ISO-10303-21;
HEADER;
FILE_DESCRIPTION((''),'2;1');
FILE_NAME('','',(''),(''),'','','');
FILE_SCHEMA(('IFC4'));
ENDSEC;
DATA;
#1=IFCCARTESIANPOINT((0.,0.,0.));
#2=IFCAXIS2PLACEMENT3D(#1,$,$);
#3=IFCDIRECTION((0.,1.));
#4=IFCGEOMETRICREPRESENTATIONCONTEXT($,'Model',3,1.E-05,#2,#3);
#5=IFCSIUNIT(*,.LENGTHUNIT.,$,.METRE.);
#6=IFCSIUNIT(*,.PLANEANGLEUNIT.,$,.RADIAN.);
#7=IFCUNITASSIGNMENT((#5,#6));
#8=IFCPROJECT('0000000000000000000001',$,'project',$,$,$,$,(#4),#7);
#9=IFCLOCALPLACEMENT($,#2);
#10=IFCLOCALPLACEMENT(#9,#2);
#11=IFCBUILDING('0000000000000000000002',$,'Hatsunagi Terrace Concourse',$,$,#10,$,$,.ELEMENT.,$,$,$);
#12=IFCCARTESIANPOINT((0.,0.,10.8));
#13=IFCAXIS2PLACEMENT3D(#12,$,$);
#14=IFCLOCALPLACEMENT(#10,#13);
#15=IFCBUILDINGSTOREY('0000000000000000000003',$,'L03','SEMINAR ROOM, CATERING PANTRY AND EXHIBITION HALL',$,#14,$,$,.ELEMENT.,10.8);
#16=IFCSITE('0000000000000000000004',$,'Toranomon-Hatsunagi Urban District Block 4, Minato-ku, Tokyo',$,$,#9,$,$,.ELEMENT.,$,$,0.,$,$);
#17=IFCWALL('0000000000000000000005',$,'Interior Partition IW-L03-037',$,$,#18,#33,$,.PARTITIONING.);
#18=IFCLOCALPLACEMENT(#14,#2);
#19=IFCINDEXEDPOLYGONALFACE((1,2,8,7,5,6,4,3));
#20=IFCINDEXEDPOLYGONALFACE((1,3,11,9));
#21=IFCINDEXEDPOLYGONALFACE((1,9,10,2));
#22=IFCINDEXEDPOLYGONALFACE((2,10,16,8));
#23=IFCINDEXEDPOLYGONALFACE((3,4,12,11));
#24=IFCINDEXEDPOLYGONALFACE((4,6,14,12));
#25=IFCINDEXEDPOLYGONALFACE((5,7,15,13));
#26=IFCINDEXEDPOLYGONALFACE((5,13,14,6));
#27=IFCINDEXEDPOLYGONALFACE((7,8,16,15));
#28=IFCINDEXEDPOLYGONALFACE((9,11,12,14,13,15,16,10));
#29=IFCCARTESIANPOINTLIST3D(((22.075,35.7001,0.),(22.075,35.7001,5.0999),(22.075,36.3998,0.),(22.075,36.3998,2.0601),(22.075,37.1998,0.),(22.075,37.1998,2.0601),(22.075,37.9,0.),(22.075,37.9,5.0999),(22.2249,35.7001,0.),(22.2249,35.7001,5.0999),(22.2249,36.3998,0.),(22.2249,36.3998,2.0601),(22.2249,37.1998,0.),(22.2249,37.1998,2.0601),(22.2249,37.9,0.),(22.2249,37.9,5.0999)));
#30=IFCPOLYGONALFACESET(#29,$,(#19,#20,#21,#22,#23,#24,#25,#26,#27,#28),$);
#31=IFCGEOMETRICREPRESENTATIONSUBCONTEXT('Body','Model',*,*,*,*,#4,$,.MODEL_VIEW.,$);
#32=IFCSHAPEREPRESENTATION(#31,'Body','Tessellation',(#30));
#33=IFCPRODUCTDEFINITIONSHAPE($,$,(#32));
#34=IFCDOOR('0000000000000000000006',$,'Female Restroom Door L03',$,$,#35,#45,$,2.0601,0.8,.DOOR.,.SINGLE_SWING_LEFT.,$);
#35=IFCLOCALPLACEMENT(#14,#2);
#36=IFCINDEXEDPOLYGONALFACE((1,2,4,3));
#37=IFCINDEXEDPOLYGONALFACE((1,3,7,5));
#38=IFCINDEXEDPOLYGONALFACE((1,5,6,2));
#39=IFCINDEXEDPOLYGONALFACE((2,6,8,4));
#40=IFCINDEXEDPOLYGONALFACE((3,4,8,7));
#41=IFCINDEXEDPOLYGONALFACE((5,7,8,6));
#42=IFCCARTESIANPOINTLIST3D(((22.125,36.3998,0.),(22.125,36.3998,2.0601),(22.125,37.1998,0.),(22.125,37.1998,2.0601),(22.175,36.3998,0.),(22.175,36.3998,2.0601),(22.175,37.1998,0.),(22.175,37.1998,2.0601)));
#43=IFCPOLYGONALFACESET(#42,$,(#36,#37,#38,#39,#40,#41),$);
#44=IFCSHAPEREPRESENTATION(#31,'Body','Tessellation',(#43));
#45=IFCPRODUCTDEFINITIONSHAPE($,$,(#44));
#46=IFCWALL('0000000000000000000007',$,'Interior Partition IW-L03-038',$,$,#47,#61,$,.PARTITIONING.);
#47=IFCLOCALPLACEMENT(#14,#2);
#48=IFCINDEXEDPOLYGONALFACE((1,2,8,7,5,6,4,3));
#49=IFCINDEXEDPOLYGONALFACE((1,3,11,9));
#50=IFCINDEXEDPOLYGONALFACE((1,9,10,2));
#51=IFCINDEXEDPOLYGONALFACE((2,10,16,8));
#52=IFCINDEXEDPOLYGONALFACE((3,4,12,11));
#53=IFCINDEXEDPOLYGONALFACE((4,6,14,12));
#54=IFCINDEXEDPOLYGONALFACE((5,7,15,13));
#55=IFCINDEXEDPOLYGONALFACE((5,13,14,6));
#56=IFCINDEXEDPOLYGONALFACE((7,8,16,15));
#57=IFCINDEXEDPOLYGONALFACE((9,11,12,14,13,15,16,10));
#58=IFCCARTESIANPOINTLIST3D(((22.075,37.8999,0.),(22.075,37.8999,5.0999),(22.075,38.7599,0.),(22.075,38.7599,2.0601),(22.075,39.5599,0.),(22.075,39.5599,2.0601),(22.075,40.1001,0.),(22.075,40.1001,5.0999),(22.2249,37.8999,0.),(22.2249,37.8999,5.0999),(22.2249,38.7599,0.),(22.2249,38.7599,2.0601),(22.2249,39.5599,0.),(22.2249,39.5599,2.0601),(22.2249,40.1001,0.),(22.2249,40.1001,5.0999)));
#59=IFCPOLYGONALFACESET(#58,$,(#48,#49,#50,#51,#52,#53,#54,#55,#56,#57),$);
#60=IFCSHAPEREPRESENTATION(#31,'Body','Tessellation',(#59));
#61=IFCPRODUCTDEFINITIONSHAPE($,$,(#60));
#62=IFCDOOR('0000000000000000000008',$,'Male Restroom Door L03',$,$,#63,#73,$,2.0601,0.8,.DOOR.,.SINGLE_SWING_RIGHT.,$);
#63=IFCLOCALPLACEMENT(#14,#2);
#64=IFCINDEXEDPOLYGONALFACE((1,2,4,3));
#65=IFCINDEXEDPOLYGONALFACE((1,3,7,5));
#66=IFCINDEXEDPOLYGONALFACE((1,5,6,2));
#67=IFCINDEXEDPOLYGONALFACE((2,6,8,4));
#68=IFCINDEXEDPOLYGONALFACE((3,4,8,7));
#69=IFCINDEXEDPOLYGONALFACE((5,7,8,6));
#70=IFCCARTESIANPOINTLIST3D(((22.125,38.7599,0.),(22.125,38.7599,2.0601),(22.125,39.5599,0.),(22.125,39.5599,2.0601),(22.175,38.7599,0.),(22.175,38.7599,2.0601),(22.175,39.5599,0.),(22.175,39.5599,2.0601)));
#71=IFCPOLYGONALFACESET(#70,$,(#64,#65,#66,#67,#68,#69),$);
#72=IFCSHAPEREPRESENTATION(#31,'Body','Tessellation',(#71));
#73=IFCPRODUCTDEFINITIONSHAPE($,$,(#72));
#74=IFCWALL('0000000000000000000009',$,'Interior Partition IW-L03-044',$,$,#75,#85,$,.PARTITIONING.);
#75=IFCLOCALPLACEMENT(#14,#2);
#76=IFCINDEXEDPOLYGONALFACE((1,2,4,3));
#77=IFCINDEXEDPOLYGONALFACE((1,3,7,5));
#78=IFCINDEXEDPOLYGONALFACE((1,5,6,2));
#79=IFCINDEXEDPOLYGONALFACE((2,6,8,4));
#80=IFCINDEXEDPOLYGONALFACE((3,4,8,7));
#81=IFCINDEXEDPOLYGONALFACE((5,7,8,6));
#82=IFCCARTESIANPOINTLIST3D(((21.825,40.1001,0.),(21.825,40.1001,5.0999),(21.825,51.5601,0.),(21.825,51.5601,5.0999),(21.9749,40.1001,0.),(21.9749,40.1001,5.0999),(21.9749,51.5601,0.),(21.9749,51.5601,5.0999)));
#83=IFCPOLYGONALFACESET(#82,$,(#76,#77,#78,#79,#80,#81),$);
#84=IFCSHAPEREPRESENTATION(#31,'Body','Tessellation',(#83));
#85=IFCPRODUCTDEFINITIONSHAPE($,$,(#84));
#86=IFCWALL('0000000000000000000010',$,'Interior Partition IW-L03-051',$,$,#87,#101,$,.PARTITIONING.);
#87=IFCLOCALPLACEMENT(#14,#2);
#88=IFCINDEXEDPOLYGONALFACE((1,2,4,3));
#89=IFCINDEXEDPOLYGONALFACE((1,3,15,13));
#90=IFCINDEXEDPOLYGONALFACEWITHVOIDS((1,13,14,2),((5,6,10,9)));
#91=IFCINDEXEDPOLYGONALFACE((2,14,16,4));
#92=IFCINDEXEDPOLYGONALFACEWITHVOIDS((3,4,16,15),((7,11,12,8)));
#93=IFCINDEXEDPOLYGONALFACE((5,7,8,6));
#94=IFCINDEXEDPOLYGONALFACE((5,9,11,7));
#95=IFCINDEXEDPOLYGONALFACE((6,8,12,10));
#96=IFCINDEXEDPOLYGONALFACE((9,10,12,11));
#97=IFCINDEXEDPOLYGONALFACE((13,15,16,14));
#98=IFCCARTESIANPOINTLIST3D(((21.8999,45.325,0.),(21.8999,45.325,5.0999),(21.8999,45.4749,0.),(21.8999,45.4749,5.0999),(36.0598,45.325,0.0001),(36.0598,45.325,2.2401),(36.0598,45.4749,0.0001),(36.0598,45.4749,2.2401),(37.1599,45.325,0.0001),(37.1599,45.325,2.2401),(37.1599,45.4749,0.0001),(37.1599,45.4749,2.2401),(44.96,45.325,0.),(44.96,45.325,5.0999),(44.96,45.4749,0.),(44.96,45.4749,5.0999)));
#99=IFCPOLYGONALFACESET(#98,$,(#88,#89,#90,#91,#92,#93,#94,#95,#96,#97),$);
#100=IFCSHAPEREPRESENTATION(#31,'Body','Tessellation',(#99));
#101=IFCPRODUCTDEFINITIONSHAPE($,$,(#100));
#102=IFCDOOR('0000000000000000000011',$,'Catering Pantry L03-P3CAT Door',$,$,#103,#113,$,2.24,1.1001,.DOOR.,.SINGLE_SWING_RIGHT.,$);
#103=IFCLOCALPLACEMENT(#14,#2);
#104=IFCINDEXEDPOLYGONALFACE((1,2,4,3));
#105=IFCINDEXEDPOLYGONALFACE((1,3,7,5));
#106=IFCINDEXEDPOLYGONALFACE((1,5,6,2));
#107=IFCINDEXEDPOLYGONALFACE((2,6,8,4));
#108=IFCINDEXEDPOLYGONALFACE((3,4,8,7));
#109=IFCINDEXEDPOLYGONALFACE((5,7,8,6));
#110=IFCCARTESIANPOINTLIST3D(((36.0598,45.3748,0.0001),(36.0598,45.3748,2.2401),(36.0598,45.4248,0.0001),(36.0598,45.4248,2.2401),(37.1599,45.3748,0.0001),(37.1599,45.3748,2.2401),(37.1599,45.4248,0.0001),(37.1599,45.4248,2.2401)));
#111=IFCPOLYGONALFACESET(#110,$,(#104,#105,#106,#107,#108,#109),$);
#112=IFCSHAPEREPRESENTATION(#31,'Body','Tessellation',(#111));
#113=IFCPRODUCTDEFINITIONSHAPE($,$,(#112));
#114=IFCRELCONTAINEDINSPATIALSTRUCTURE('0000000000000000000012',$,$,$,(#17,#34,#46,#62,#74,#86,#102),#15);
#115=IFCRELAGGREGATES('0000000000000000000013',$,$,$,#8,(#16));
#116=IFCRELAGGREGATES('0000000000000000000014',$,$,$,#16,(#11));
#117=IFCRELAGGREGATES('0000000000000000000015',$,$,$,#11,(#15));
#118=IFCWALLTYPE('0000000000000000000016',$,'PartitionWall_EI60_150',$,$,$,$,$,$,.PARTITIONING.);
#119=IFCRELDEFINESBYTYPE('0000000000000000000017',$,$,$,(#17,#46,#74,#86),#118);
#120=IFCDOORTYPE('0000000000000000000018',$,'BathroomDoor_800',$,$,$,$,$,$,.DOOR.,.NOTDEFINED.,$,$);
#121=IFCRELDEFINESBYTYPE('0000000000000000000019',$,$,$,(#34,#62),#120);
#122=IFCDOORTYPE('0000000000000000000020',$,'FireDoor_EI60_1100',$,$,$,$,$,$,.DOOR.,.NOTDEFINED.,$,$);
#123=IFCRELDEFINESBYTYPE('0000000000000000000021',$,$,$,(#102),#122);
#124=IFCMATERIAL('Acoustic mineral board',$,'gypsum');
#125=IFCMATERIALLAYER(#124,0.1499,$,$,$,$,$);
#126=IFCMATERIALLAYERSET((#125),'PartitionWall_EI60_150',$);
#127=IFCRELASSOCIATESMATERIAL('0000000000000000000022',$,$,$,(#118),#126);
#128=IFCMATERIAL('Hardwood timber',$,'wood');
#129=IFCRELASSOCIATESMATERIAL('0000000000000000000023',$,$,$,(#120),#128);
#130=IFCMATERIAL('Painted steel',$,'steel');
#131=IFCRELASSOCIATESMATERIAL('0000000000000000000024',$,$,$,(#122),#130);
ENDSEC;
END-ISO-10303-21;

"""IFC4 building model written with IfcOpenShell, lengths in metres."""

from ifc_helpers import new_model, si_unit, direction, frame, frame_2d, origin, place, context, subcontext, project, spatial, rectangle, extrude, material, layer, layer_set, type_object, element, fill, save


model = new_model("IFC4")

# Units and contexts
model_context = context("Model", 3, precision=1e-05, world=origin(), true_north=direction((0.0, 1.0)))
body_context = subcontext(model_context, "Body", "Model", "MODEL_VIEW")
ifc_project = project(units=[si_unit("LENGTHUNIT", "METRE"), si_unit("PLANEANGLEUNIT", "RADIAN")], contexts=[model_context])

# Site, building, storey
site_placement = place(None, origin())
site = spatial("IfcSite", under=ifc_project, at=site_placement, Name="Toranomon-Hatsunagi Urban District Block 4, Minato-ku, Tokyo", CompositionType="ELEMENT", RefElevation=0.0)
building_placement = place(site_placement, origin())
building = spatial("IfcBuilding", under=site, at=building_placement, Name="Hatsunagi Terrace Concourse", CompositionType="ELEMENT")
storey_placement = place(building_placement, frame((0.0, 0.0, 10.8)))
storey = spatial("IfcBuildingStorey", under=building, at=storey_placement, Name="L03", Description="SEMINAR ROOM, CATERING PANTRY AND EXHIBITION HALL", CompositionType="ELEMENT", Elevation=10.8)

# Shared definitions
ifc_material_1 = material(Name="Acoustic mineral board", Category="gypsum")
ifc_layer_1 = layer(ifc_material_1, 0.1499)
ifc_layer_set_1 = layer_set([ifc_layer_1], Name="PartitionWall_EI60_150")
wall_type = type_object("IfcWallType", Name="PartitionWall_EI60_150", PredefinedType="PARTITIONING", material=ifc_layer_set_1)

# Walls, openings, doors
wall_1_placement = place(storey_placement, frame((22.1499, 35.7, 0.0), z_axis=(0.0, 0.0, 1.0), x_axis=(0.0, 1.0, 0.0)))
wall_1 = element("IfcWall", 1, at=wall_1_placement, inside=storey, type_object=wall_type, Name="Interior Partition IW-L03-037", PredefinedType="PARTITIONING", context=body_context, shape_type="SweptSolid", body=[
    extrude(rectangle(XDim=2.2, YDim=0.1499, at=frame_2d((1.1001, 0.0))), origin(), (0.0, 0.0, 1.0), 5.0999),
])
opening_1_placement = place(wall_1_placement, frame((0.7, 0.0, 0.0)))
opening_1 = element("IfcOpeningElement", 2, at=opening_1_placement, cuts=wall_1, PredefinedType="OPENING", context=body_context, shape_type="SweptSolid", body=[
    extrude(rectangle(XDim=0.8, YDim=2.0601, at=frame_2d((0.3999, 1.03))), frame((0.0, 0.085, 0.0), z_axis=(0.0, -1.0, 0.0), x_axis=(1.0, 0.0, 0.0)), (0.0, 0.0, 1.0), 0.1699),
])
ifc_material_2 = material(Name="Hardwood timber", Category="wood")
door_type_1 = type_object("IfcDoorType", Name="BathroomDoor_800", OperationType="NOTDEFINED", PredefinedType="DOOR", material=ifc_material_2)
door_1_placement = place(opening_1_placement, origin())
door_1 = element("IfcDoor", 3, at=door_1_placement, inside=storey, type_object=door_type_1, Name="Female Restroom Door L03", OperationType="SINGLE_SWING_LEFT", OverallHeight=2.0601, OverallWidth=0.8, PredefinedType="DOOR", context=body_context, shape_type="SweptSolid", body=[
    extrude(rectangle(XDim=0.8, YDim=2.0601, at=frame_2d((0.3999, 1.03))), frame((0.0, 0.0249, 0.0), z_axis=(0.0, -1.0, 0.0), x_axis=(1.0, 0.0, 0.0)), (0.0, 0.0, 1.0), 0.05),
])
fill(opening_1, door_1)
wall_2_placement = place(storey_placement, frame((22.1499, 37.8999, 0.0), z_axis=(0.0, 0.0, 1.0), x_axis=(0.0, 1.0, 0.0)))
wall_2 = element("IfcWall", 4, at=wall_2_placement, inside=storey, type_object=wall_type, Name="Interior Partition IW-L03-038", PredefinedType="PARTITIONING", context=body_context, shape_type="SweptSolid", body=[
    extrude(rectangle(XDim=2.2002, YDim=0.1499, at=frame_2d((1.1001, 0.0))), origin(), (0.0, 0.0, 1.0), 5.0999),
])
opening_2_placement = place(wall_2_placement, frame((0.8601, 0.0, 0.0)))
opening_2 = element("IfcOpeningElement", 5, at=opening_2_placement, cuts=wall_2, PredefinedType="OPENING", context=body_context, shape_type="SweptSolid", body=[
    extrude(rectangle(XDim=0.8, YDim=2.0601, at=frame_2d((0.3999, 1.03))), frame((0.0, 0.085, 0.0), z_axis=(0.0, -1.0, 0.0), x_axis=(1.0, 0.0, 0.0)), (0.0, 0.0, 1.0), 0.1699),
])
door_2_placement = place(opening_2_placement, origin())
door_2 = element("IfcDoor", 6, at=door_2_placement, inside=storey, type_object=door_type_1, Name="Male Restroom Door L03", OperationType="SINGLE_SWING_RIGHT", OverallHeight=2.0601, OverallWidth=0.8, PredefinedType="DOOR", context=body_context, shape_type="SweptSolid", body=[
    extrude(rectangle(XDim=0.8, YDim=2.0601, at=frame_2d((0.3999, 1.03))), frame((0.0, 0.0249, 0.0), z_axis=(0.0, -1.0, 0.0), x_axis=(1.0, 0.0, 0.0)), (0.0, 0.0, 1.0), 0.05),
])
fill(opening_2, door_2)

# Wall
wall_3_placement = place(storey_placement, frame((21.8999, 40.1001, 0.0), z_axis=(0.0, 0.0, 1.0), x_axis=(0.0, 1.0, 0.0)))
element("IfcWall", 7, at=wall_3_placement, inside=storey, type_object=wall_type, Name="Interior Partition IW-L03-044", PredefinedType="PARTITIONING", context=body_context, shape_type="SweptSolid", body=[
    extrude(rectangle(XDim=11.46, YDim=0.1499, at=frame_2d((5.73, 0.0))), origin(), (0.0, 0.0, 1.0), 5.0999),
])

# Wall, opening, door
wall_4_placement = place(storey_placement, frame((21.8999, 45.3999, 0.0), z_axis=(0.0, 0.0, 1.0), x_axis=(1.0, 0.0, 0.0)))
wall_4 = element("IfcWall", 8, at=wall_4_placement, inside=storey, type_object=wall_type, Name="Interior Partition IW-L03-051", PredefinedType="PARTITIONING", context=body_context, shape_type="SweptSolid", body=[
    extrude(rectangle(XDim=23.0601, YDim=0.1499, at=frame_2d((11.53, 0.0))), origin(), (0.0, 0.0, 1.0), 5.0999),
])
opening_3_placement = place(wall_4_placement, frame((14.1599, 0.0, 0.0)))
opening_3 = element("IfcOpeningElement", 9, at=opening_3_placement, cuts=wall_4, PredefinedType="OPENING", context=body_context, shape_type="SweptSolid", body=[
    extrude(rectangle(XDim=1.1001, YDim=2.24, at=frame_2d((0.55, 1.1201))), frame((0.0, 0.085, 0.0), z_axis=(0.0, -1.0, 0.0), x_axis=(1.0, 0.0, 0.0)), (0.0, 0.0, 1.0), 0.1699),
])
ifc_material_3 = material(Name="Painted steel", Category="steel")
door_type_2 = type_object("IfcDoorType", Name="FireDoor_EI60_1100", OperationType="NOTDEFINED", PredefinedType="DOOR", material=ifc_material_3)
door_3_placement = place(opening_3_placement, origin())
door_3 = element("IfcDoor", 10, at=door_3_placement, inside=storey, type_object=door_type_2, Name="Catering Pantry L03-P3CAT Door", OperationType="SINGLE_SWING_RIGHT", OverallHeight=2.24, OverallWidth=1.1001, PredefinedType="DOOR", context=body_context, shape_type="SweptSolid", body=[
    extrude(rectangle(XDim=1.1001, YDim=2.24, at=frame_2d((0.55, 1.1201))), frame((0.0, 0.0249, 0.0), z_axis=(0.0, -1.0, 0.0), x_axis=(1.0, 0.0, 0.0)), (0.0, 0.0, 1.0), 0.05),
])
fill(opening_3, door_3)

save(model, "model.ifc")
